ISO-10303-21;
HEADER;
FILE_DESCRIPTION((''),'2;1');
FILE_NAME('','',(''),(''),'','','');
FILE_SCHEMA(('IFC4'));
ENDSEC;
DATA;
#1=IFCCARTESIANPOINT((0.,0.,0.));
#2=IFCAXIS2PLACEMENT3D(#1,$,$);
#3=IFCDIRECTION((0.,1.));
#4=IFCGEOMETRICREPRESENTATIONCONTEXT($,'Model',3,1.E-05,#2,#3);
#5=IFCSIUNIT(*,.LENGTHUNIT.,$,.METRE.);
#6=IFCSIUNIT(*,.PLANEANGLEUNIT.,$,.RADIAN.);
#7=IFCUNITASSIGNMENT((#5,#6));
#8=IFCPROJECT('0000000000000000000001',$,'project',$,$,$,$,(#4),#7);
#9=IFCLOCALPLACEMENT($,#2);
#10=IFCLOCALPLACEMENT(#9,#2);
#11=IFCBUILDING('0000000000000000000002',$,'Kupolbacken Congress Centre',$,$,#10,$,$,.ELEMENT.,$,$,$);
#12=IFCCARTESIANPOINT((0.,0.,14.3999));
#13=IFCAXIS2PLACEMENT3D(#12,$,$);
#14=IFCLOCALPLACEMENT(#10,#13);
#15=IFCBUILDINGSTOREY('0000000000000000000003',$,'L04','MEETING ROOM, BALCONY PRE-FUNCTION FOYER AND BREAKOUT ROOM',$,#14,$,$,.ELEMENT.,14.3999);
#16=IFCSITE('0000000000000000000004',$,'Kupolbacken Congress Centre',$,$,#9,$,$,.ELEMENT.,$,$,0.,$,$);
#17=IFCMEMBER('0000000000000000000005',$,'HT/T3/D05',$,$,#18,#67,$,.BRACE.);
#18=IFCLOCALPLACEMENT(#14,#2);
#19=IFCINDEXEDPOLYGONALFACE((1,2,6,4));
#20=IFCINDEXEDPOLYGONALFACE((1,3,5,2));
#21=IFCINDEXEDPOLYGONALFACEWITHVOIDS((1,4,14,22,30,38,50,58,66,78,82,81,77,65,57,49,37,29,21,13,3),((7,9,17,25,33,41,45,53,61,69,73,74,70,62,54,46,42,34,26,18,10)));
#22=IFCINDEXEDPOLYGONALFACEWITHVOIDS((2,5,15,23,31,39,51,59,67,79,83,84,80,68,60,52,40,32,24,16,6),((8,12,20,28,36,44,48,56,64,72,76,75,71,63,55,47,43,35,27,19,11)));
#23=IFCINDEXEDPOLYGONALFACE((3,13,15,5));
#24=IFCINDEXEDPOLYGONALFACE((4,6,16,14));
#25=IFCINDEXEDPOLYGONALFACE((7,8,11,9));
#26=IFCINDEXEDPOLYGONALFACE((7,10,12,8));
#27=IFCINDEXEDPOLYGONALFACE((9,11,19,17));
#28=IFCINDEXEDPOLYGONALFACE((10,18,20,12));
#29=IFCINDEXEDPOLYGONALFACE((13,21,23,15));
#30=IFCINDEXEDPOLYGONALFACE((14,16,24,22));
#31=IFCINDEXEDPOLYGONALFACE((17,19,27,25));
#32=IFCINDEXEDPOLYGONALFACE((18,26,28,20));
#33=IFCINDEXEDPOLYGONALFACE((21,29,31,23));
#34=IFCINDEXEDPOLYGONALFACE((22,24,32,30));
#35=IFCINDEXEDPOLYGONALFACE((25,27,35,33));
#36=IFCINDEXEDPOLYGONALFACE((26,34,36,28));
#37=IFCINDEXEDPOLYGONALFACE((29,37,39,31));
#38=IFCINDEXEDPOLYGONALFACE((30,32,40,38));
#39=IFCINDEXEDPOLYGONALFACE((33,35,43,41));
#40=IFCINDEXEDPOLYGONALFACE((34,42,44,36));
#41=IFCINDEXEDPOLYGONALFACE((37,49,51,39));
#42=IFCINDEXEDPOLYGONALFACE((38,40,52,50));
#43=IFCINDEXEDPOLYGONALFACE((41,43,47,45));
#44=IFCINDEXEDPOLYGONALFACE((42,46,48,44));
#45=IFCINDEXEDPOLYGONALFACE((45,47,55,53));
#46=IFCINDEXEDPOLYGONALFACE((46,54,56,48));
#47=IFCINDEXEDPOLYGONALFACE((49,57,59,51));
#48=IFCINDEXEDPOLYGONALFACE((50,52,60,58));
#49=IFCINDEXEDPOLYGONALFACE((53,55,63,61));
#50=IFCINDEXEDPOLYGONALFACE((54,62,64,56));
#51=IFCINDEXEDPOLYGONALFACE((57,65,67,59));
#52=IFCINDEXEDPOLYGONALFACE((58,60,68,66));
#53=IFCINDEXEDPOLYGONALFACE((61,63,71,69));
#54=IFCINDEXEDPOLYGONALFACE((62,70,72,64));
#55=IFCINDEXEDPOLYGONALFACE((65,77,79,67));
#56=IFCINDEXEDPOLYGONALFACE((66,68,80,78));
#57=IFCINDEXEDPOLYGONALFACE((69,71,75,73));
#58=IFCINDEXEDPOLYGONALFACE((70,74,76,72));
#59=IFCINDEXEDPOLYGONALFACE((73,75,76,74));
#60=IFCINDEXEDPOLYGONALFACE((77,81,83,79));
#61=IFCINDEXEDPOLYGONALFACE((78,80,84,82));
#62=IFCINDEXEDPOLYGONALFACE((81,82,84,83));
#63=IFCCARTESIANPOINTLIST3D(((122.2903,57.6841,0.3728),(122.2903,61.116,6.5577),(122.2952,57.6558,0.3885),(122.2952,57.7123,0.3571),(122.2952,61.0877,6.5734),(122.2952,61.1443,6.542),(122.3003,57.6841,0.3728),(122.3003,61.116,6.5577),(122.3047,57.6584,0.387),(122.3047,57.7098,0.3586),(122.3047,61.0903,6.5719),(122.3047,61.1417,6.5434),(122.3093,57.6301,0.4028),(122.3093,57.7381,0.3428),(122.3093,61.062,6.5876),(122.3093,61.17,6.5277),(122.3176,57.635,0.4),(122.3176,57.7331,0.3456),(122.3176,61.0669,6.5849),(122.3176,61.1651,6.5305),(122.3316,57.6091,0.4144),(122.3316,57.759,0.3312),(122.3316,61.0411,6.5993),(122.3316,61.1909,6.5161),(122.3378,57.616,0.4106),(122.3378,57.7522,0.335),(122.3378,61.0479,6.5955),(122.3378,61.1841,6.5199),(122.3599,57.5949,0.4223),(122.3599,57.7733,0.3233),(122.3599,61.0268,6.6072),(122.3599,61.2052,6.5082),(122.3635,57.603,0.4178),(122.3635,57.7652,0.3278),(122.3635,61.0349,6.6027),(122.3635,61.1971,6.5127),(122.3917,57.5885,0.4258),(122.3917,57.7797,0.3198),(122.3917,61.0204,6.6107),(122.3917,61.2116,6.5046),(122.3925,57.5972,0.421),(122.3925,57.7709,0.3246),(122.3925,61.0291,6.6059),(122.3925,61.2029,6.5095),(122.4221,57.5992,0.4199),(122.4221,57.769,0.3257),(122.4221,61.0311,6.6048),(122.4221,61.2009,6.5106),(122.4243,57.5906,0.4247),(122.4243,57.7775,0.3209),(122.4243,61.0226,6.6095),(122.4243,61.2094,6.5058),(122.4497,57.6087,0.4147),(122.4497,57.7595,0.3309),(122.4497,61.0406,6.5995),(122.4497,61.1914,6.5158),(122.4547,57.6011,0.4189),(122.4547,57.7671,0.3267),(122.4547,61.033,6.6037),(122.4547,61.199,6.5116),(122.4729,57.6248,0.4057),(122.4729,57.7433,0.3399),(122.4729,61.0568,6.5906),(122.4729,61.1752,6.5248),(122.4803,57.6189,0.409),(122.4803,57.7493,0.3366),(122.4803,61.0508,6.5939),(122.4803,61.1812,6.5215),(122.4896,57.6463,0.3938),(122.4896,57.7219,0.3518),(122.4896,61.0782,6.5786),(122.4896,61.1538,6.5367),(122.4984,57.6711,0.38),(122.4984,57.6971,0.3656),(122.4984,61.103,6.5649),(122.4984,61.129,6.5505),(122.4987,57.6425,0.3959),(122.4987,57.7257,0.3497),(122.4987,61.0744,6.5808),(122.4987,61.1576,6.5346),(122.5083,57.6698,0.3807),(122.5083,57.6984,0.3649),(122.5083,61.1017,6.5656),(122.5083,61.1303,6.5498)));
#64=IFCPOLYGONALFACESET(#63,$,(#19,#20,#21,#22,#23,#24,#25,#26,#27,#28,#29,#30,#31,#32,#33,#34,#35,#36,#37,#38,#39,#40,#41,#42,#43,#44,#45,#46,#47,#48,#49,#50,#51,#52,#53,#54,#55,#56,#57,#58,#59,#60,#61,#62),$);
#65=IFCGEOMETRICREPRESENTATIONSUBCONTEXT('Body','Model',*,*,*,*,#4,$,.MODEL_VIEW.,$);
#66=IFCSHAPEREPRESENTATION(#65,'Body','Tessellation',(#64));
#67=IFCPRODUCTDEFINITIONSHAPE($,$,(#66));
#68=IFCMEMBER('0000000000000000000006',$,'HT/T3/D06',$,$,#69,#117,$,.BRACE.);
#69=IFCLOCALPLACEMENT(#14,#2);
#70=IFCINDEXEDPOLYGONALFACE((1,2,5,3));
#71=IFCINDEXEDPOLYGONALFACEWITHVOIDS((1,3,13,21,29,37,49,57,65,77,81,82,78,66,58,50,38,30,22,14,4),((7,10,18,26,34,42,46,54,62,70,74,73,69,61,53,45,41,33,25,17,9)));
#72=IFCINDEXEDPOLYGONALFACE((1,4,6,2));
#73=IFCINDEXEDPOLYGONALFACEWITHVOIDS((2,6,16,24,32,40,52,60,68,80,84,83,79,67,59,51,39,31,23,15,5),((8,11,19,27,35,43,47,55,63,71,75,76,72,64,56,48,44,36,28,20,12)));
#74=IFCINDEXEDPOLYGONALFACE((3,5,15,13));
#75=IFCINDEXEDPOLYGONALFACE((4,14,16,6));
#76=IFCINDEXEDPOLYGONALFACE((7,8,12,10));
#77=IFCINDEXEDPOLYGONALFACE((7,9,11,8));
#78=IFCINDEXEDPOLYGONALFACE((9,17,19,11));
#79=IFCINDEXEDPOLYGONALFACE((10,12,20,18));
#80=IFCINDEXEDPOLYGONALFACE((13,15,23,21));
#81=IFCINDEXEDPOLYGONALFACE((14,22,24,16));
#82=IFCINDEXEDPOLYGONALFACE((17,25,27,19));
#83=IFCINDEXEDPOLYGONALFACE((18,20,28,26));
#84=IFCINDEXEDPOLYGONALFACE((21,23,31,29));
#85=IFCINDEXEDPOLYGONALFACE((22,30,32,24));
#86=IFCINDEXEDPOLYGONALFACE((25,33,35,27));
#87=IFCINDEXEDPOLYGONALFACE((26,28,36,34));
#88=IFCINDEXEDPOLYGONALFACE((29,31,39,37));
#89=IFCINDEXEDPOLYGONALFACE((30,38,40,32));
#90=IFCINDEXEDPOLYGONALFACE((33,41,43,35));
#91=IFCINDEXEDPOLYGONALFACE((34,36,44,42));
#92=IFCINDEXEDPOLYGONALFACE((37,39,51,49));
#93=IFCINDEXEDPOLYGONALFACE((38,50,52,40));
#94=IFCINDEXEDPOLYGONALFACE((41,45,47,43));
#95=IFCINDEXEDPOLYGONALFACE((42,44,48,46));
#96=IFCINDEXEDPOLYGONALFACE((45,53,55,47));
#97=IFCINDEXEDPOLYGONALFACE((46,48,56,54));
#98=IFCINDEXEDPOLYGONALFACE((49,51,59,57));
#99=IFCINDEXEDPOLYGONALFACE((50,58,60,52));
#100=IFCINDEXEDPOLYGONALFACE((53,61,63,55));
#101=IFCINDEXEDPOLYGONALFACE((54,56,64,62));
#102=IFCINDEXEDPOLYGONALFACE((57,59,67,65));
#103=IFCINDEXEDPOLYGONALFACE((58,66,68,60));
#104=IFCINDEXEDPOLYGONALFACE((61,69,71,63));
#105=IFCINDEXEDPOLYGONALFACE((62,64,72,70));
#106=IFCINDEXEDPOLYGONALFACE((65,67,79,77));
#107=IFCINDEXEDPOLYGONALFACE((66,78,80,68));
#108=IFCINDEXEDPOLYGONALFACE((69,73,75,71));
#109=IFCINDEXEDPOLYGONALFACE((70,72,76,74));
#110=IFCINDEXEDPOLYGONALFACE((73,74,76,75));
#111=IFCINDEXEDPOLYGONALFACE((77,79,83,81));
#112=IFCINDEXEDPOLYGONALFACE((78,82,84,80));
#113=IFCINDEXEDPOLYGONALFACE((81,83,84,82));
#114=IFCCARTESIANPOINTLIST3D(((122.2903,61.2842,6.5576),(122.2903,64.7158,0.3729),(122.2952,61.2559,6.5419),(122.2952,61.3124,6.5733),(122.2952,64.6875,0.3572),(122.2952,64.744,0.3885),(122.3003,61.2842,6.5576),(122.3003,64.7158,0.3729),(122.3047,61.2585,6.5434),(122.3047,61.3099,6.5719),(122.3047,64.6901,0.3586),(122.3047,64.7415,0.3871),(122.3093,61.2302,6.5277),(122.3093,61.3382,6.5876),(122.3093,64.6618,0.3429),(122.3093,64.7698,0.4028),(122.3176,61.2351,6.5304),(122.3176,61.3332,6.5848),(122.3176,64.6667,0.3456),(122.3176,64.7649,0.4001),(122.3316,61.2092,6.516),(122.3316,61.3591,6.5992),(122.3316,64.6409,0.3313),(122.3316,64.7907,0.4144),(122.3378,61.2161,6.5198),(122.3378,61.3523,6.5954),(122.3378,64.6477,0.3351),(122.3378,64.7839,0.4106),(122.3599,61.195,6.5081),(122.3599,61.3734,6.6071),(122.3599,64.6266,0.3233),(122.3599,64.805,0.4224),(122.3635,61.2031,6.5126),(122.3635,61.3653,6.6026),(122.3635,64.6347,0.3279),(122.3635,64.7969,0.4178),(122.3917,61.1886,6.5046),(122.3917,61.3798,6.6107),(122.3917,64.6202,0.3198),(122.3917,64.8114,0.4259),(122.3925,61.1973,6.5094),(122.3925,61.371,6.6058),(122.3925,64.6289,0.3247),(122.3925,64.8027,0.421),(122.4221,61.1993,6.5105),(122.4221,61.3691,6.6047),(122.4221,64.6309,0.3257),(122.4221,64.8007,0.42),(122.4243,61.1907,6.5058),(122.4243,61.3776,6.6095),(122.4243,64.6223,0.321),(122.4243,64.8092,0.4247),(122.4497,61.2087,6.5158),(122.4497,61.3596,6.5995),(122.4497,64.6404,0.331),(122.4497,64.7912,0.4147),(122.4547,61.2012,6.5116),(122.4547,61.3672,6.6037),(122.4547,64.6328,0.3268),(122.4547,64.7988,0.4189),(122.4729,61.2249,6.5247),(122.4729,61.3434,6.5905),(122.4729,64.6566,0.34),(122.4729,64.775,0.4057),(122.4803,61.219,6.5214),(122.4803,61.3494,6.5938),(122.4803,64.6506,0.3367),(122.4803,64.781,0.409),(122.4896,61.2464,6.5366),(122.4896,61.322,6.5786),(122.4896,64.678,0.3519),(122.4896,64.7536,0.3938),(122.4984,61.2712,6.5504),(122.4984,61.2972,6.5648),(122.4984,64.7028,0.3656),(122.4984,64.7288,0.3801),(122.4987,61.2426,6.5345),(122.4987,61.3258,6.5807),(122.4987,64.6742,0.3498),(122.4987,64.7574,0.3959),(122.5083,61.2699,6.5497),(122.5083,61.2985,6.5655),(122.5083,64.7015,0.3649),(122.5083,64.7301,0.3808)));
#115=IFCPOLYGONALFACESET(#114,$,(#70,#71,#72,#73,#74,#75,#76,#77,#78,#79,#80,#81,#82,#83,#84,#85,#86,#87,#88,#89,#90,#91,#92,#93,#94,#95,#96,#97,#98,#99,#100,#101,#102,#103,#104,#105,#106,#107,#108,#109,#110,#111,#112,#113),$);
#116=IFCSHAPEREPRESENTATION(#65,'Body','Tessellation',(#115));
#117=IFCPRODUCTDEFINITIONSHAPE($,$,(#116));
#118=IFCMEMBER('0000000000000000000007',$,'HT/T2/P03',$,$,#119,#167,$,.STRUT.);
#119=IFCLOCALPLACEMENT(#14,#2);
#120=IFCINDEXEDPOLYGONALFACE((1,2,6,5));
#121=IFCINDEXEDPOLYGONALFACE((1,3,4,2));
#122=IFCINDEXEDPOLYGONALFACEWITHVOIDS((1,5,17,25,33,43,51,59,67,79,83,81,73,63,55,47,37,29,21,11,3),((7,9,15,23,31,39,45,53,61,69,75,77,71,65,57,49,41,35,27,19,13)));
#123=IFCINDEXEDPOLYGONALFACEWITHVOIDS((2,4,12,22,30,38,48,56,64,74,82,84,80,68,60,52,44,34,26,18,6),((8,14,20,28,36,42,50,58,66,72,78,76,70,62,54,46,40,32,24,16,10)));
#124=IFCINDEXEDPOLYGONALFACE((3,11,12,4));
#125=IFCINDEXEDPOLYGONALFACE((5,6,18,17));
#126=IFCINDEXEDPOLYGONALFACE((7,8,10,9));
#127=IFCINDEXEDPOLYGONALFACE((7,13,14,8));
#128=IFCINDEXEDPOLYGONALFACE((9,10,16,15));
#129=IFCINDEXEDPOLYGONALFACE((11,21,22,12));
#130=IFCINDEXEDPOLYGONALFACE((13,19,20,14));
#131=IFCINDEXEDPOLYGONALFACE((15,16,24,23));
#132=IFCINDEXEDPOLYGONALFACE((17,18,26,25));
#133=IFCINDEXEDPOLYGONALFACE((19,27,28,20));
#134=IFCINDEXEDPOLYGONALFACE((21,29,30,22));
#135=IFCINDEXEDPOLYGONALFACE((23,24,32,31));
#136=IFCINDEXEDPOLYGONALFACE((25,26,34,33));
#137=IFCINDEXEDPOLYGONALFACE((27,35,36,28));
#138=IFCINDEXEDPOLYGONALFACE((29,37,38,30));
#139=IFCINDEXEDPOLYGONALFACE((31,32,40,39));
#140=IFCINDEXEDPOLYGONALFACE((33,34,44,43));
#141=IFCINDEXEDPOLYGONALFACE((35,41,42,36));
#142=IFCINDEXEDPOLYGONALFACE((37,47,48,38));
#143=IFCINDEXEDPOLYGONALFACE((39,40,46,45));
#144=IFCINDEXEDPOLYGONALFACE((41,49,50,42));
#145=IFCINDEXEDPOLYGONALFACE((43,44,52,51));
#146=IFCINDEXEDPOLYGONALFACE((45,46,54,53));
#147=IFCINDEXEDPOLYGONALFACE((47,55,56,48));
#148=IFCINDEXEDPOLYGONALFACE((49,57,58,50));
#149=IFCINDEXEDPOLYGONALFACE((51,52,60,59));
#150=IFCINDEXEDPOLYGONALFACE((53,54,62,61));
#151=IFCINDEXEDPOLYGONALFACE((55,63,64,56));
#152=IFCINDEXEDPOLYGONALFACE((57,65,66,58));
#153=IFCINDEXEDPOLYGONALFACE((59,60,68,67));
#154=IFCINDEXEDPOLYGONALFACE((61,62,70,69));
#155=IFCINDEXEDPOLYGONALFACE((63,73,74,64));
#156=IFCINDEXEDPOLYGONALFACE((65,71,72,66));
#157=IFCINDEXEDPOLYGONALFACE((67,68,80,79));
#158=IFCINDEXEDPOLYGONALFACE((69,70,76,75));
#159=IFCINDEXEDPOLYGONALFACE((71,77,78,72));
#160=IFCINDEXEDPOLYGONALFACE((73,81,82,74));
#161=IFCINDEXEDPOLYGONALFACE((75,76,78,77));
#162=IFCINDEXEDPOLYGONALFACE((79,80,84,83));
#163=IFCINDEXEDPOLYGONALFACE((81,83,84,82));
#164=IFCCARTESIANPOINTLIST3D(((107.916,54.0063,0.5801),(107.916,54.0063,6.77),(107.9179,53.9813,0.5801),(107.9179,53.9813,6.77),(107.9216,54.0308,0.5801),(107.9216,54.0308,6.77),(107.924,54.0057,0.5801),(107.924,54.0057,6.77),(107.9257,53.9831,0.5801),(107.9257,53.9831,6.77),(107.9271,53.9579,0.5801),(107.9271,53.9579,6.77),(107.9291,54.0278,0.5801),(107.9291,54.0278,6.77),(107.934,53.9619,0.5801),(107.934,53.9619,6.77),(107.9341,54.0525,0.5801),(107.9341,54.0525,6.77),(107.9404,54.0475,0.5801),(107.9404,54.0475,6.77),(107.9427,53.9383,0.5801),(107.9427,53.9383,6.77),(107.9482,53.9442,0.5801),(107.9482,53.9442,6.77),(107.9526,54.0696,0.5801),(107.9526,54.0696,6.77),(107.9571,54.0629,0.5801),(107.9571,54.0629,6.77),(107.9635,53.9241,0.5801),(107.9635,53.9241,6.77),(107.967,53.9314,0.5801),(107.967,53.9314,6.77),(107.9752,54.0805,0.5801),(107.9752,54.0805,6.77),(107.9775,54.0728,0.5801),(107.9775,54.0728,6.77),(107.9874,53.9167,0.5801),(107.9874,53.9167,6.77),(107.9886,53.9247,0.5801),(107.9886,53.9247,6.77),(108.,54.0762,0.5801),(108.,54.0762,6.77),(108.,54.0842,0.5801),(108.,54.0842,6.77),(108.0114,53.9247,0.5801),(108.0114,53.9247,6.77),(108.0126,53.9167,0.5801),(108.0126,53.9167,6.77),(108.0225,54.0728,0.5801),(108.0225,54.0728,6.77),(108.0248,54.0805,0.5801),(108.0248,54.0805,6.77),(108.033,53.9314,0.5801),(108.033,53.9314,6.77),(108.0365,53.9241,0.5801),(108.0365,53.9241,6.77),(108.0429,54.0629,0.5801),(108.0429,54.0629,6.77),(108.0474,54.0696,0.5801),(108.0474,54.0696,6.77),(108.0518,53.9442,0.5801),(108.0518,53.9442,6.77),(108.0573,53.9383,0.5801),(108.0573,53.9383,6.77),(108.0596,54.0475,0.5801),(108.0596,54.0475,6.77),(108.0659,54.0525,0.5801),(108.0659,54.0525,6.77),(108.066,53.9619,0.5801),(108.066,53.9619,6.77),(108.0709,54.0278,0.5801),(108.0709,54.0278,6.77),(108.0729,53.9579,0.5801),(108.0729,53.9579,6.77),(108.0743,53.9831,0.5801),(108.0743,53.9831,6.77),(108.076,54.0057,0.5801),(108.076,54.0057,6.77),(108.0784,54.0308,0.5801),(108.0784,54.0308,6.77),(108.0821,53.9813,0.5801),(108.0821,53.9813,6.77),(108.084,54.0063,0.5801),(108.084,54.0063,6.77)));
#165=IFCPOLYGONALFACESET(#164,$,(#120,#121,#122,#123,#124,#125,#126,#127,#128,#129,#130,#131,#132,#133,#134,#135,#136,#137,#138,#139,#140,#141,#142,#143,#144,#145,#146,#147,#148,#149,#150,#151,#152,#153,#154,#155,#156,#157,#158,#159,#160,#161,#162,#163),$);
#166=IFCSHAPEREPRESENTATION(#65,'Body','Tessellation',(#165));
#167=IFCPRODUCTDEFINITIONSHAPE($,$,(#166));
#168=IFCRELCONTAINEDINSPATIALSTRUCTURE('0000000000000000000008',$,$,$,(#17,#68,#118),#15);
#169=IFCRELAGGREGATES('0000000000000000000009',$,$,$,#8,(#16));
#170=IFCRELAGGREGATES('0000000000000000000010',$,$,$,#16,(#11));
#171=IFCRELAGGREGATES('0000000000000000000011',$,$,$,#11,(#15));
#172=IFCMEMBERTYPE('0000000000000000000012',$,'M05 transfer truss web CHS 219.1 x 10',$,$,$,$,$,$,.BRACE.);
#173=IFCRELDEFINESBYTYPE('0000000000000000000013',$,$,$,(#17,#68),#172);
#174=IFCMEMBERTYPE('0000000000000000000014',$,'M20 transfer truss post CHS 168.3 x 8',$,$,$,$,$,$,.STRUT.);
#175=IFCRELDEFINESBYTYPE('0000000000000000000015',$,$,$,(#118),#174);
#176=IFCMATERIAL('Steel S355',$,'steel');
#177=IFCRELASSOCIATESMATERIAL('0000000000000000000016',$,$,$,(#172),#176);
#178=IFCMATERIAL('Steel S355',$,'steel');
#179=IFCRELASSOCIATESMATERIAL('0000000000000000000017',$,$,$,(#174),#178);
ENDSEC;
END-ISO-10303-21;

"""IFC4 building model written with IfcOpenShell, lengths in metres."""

from ifc_helpers import new_model, si_unit, direction, frame, origin, origin_2d, place, context, subcontext, project, spatial, hollow_circle, extrude, material, material_profile, profile_set, type_object, element, save


model = new_model("IFC4")

# Units and contexts
model_context = context("Model", 3, precision=1e-05, world=origin(), true_north=direction((0.0, 1.0)))
body_context = subcontext(model_context, "Body", "Model", "MODEL_VIEW")
ifc_project = project(units=[si_unit("LENGTHUNIT", "METRE"), si_unit("PLANEANGLEUNIT", "RADIAN")], contexts=[model_context])

# Site, building, storey
site_placement = place(None, origin())
site = spatial("IfcSite", under=ifc_project, at=site_placement, Name="Kupolbacken Congress Centre", CompositionType="ELEMENT", RefElevation=0.0)
building_placement = place(site_placement, origin())
building = spatial("IfcBuilding", under=site, at=building_placement, Name="Kupolbacken Congress Centre", CompositionType="ELEMENT")
storey_placement = place(building_placement, frame((0.0, 0.0, 14.3999)))
storey = spatial("IfcBuildingStorey", under=building, at=storey_placement, Name="L04", Description="MEETING ROOM, BALCONY PRE-FUNCTION FOYER AND BREAKOUT ROOM", CompositionType="ELEMENT", Elevation=14.3999)

# Members
ifc_material_1 = material(Name="Steel S355", Category="steel")
ifc_material_profile_1 = material_profile(ifc_material_1, hollow_circle(Radius=0.1096, WallThickness=0.01, at=origin_2d()), Name="CHS 219.1 x 10")
ifc_profile_set_1 = profile_set([ifc_material_profile_1], Name="Steel S355")
member_type_1 = type_object("IfcMemberType", Name="M05 transfer truss web CHS 219.1 x 10", PredefinedType="BRACE", material=ifc_profile_set_1)
member_1_placement = place(storey_placement, frame((122.3999, 57.6841, 0.3728), z_axis=(0.0, 0.485197, 0.874405), x_axis=(-1.0, 0.0, 0.0)))
element("IfcMember", 1, at=member_1_placement, inside=storey, type_object=member_type_1, Name="HT/T3/D05", PredefinedType="BRACE", context=body_context, shape_type="SweptSolid", body=[
    extrude(hollow_circle(Radius=0.1096, WallThickness=0.01, at=origin_2d()), origin(), (0.0, 0.0, 1.0), 7.0732),
])
member_2_placement = place(storey_placement, frame((122.3999, 61.2842, 6.5576), z_axis=(0.0, 0.485171, -0.874419), x_axis=(-1.0, 0.0, 0.0)))
element("IfcMember", 2, at=member_2_placement, inside=storey, type_object=member_type_1, Name="HT/T3/D06", PredefinedType="BRACE", context=body_context, shape_type="SweptSolid", body=[
    extrude(hollow_circle(Radius=0.1096, WallThickness=0.01, at=origin_2d()), origin(), (0.0, 0.0, 1.0), 7.073),
])
ifc_material_2 = material(Name="Steel S355", Category="steel")
ifc_material_profile_2 = material_profile(ifc_material_2, hollow_circle(Radius=0.0842, WallThickness=0.0081, at=origin_2d()), Name="CHS 168.3 x 8")
ifc_profile_set_2 = profile_set([ifc_material_profile_2], Name="Steel S355")
member_type_2 = type_object("IfcMemberType", Name="M20 transfer truss post CHS 168.3 x 8", PredefinedType="STRUT", material=ifc_profile_set_2)
member_3_placement = place(storey_placement, frame((108.0, 54.0, 0.5801), z_axis=(0.0, 0.0, 1.0), x_axis=(0.0, 1.0, 0.0)))
element("IfcMember", 3, at=member_3_placement, inside=storey, type_object=member_type_2, Name="HT/T2/P03", PredefinedType="STRUT", context=body_context, shape_type="SweptSolid", body=[
    extrude(hollow_circle(Radius=0.0842, WallThickness=0.0081, at=origin_2d()), origin(), (0.0, 0.0, 1.0), 6.1899),
])

save(model, "model.ifc")
